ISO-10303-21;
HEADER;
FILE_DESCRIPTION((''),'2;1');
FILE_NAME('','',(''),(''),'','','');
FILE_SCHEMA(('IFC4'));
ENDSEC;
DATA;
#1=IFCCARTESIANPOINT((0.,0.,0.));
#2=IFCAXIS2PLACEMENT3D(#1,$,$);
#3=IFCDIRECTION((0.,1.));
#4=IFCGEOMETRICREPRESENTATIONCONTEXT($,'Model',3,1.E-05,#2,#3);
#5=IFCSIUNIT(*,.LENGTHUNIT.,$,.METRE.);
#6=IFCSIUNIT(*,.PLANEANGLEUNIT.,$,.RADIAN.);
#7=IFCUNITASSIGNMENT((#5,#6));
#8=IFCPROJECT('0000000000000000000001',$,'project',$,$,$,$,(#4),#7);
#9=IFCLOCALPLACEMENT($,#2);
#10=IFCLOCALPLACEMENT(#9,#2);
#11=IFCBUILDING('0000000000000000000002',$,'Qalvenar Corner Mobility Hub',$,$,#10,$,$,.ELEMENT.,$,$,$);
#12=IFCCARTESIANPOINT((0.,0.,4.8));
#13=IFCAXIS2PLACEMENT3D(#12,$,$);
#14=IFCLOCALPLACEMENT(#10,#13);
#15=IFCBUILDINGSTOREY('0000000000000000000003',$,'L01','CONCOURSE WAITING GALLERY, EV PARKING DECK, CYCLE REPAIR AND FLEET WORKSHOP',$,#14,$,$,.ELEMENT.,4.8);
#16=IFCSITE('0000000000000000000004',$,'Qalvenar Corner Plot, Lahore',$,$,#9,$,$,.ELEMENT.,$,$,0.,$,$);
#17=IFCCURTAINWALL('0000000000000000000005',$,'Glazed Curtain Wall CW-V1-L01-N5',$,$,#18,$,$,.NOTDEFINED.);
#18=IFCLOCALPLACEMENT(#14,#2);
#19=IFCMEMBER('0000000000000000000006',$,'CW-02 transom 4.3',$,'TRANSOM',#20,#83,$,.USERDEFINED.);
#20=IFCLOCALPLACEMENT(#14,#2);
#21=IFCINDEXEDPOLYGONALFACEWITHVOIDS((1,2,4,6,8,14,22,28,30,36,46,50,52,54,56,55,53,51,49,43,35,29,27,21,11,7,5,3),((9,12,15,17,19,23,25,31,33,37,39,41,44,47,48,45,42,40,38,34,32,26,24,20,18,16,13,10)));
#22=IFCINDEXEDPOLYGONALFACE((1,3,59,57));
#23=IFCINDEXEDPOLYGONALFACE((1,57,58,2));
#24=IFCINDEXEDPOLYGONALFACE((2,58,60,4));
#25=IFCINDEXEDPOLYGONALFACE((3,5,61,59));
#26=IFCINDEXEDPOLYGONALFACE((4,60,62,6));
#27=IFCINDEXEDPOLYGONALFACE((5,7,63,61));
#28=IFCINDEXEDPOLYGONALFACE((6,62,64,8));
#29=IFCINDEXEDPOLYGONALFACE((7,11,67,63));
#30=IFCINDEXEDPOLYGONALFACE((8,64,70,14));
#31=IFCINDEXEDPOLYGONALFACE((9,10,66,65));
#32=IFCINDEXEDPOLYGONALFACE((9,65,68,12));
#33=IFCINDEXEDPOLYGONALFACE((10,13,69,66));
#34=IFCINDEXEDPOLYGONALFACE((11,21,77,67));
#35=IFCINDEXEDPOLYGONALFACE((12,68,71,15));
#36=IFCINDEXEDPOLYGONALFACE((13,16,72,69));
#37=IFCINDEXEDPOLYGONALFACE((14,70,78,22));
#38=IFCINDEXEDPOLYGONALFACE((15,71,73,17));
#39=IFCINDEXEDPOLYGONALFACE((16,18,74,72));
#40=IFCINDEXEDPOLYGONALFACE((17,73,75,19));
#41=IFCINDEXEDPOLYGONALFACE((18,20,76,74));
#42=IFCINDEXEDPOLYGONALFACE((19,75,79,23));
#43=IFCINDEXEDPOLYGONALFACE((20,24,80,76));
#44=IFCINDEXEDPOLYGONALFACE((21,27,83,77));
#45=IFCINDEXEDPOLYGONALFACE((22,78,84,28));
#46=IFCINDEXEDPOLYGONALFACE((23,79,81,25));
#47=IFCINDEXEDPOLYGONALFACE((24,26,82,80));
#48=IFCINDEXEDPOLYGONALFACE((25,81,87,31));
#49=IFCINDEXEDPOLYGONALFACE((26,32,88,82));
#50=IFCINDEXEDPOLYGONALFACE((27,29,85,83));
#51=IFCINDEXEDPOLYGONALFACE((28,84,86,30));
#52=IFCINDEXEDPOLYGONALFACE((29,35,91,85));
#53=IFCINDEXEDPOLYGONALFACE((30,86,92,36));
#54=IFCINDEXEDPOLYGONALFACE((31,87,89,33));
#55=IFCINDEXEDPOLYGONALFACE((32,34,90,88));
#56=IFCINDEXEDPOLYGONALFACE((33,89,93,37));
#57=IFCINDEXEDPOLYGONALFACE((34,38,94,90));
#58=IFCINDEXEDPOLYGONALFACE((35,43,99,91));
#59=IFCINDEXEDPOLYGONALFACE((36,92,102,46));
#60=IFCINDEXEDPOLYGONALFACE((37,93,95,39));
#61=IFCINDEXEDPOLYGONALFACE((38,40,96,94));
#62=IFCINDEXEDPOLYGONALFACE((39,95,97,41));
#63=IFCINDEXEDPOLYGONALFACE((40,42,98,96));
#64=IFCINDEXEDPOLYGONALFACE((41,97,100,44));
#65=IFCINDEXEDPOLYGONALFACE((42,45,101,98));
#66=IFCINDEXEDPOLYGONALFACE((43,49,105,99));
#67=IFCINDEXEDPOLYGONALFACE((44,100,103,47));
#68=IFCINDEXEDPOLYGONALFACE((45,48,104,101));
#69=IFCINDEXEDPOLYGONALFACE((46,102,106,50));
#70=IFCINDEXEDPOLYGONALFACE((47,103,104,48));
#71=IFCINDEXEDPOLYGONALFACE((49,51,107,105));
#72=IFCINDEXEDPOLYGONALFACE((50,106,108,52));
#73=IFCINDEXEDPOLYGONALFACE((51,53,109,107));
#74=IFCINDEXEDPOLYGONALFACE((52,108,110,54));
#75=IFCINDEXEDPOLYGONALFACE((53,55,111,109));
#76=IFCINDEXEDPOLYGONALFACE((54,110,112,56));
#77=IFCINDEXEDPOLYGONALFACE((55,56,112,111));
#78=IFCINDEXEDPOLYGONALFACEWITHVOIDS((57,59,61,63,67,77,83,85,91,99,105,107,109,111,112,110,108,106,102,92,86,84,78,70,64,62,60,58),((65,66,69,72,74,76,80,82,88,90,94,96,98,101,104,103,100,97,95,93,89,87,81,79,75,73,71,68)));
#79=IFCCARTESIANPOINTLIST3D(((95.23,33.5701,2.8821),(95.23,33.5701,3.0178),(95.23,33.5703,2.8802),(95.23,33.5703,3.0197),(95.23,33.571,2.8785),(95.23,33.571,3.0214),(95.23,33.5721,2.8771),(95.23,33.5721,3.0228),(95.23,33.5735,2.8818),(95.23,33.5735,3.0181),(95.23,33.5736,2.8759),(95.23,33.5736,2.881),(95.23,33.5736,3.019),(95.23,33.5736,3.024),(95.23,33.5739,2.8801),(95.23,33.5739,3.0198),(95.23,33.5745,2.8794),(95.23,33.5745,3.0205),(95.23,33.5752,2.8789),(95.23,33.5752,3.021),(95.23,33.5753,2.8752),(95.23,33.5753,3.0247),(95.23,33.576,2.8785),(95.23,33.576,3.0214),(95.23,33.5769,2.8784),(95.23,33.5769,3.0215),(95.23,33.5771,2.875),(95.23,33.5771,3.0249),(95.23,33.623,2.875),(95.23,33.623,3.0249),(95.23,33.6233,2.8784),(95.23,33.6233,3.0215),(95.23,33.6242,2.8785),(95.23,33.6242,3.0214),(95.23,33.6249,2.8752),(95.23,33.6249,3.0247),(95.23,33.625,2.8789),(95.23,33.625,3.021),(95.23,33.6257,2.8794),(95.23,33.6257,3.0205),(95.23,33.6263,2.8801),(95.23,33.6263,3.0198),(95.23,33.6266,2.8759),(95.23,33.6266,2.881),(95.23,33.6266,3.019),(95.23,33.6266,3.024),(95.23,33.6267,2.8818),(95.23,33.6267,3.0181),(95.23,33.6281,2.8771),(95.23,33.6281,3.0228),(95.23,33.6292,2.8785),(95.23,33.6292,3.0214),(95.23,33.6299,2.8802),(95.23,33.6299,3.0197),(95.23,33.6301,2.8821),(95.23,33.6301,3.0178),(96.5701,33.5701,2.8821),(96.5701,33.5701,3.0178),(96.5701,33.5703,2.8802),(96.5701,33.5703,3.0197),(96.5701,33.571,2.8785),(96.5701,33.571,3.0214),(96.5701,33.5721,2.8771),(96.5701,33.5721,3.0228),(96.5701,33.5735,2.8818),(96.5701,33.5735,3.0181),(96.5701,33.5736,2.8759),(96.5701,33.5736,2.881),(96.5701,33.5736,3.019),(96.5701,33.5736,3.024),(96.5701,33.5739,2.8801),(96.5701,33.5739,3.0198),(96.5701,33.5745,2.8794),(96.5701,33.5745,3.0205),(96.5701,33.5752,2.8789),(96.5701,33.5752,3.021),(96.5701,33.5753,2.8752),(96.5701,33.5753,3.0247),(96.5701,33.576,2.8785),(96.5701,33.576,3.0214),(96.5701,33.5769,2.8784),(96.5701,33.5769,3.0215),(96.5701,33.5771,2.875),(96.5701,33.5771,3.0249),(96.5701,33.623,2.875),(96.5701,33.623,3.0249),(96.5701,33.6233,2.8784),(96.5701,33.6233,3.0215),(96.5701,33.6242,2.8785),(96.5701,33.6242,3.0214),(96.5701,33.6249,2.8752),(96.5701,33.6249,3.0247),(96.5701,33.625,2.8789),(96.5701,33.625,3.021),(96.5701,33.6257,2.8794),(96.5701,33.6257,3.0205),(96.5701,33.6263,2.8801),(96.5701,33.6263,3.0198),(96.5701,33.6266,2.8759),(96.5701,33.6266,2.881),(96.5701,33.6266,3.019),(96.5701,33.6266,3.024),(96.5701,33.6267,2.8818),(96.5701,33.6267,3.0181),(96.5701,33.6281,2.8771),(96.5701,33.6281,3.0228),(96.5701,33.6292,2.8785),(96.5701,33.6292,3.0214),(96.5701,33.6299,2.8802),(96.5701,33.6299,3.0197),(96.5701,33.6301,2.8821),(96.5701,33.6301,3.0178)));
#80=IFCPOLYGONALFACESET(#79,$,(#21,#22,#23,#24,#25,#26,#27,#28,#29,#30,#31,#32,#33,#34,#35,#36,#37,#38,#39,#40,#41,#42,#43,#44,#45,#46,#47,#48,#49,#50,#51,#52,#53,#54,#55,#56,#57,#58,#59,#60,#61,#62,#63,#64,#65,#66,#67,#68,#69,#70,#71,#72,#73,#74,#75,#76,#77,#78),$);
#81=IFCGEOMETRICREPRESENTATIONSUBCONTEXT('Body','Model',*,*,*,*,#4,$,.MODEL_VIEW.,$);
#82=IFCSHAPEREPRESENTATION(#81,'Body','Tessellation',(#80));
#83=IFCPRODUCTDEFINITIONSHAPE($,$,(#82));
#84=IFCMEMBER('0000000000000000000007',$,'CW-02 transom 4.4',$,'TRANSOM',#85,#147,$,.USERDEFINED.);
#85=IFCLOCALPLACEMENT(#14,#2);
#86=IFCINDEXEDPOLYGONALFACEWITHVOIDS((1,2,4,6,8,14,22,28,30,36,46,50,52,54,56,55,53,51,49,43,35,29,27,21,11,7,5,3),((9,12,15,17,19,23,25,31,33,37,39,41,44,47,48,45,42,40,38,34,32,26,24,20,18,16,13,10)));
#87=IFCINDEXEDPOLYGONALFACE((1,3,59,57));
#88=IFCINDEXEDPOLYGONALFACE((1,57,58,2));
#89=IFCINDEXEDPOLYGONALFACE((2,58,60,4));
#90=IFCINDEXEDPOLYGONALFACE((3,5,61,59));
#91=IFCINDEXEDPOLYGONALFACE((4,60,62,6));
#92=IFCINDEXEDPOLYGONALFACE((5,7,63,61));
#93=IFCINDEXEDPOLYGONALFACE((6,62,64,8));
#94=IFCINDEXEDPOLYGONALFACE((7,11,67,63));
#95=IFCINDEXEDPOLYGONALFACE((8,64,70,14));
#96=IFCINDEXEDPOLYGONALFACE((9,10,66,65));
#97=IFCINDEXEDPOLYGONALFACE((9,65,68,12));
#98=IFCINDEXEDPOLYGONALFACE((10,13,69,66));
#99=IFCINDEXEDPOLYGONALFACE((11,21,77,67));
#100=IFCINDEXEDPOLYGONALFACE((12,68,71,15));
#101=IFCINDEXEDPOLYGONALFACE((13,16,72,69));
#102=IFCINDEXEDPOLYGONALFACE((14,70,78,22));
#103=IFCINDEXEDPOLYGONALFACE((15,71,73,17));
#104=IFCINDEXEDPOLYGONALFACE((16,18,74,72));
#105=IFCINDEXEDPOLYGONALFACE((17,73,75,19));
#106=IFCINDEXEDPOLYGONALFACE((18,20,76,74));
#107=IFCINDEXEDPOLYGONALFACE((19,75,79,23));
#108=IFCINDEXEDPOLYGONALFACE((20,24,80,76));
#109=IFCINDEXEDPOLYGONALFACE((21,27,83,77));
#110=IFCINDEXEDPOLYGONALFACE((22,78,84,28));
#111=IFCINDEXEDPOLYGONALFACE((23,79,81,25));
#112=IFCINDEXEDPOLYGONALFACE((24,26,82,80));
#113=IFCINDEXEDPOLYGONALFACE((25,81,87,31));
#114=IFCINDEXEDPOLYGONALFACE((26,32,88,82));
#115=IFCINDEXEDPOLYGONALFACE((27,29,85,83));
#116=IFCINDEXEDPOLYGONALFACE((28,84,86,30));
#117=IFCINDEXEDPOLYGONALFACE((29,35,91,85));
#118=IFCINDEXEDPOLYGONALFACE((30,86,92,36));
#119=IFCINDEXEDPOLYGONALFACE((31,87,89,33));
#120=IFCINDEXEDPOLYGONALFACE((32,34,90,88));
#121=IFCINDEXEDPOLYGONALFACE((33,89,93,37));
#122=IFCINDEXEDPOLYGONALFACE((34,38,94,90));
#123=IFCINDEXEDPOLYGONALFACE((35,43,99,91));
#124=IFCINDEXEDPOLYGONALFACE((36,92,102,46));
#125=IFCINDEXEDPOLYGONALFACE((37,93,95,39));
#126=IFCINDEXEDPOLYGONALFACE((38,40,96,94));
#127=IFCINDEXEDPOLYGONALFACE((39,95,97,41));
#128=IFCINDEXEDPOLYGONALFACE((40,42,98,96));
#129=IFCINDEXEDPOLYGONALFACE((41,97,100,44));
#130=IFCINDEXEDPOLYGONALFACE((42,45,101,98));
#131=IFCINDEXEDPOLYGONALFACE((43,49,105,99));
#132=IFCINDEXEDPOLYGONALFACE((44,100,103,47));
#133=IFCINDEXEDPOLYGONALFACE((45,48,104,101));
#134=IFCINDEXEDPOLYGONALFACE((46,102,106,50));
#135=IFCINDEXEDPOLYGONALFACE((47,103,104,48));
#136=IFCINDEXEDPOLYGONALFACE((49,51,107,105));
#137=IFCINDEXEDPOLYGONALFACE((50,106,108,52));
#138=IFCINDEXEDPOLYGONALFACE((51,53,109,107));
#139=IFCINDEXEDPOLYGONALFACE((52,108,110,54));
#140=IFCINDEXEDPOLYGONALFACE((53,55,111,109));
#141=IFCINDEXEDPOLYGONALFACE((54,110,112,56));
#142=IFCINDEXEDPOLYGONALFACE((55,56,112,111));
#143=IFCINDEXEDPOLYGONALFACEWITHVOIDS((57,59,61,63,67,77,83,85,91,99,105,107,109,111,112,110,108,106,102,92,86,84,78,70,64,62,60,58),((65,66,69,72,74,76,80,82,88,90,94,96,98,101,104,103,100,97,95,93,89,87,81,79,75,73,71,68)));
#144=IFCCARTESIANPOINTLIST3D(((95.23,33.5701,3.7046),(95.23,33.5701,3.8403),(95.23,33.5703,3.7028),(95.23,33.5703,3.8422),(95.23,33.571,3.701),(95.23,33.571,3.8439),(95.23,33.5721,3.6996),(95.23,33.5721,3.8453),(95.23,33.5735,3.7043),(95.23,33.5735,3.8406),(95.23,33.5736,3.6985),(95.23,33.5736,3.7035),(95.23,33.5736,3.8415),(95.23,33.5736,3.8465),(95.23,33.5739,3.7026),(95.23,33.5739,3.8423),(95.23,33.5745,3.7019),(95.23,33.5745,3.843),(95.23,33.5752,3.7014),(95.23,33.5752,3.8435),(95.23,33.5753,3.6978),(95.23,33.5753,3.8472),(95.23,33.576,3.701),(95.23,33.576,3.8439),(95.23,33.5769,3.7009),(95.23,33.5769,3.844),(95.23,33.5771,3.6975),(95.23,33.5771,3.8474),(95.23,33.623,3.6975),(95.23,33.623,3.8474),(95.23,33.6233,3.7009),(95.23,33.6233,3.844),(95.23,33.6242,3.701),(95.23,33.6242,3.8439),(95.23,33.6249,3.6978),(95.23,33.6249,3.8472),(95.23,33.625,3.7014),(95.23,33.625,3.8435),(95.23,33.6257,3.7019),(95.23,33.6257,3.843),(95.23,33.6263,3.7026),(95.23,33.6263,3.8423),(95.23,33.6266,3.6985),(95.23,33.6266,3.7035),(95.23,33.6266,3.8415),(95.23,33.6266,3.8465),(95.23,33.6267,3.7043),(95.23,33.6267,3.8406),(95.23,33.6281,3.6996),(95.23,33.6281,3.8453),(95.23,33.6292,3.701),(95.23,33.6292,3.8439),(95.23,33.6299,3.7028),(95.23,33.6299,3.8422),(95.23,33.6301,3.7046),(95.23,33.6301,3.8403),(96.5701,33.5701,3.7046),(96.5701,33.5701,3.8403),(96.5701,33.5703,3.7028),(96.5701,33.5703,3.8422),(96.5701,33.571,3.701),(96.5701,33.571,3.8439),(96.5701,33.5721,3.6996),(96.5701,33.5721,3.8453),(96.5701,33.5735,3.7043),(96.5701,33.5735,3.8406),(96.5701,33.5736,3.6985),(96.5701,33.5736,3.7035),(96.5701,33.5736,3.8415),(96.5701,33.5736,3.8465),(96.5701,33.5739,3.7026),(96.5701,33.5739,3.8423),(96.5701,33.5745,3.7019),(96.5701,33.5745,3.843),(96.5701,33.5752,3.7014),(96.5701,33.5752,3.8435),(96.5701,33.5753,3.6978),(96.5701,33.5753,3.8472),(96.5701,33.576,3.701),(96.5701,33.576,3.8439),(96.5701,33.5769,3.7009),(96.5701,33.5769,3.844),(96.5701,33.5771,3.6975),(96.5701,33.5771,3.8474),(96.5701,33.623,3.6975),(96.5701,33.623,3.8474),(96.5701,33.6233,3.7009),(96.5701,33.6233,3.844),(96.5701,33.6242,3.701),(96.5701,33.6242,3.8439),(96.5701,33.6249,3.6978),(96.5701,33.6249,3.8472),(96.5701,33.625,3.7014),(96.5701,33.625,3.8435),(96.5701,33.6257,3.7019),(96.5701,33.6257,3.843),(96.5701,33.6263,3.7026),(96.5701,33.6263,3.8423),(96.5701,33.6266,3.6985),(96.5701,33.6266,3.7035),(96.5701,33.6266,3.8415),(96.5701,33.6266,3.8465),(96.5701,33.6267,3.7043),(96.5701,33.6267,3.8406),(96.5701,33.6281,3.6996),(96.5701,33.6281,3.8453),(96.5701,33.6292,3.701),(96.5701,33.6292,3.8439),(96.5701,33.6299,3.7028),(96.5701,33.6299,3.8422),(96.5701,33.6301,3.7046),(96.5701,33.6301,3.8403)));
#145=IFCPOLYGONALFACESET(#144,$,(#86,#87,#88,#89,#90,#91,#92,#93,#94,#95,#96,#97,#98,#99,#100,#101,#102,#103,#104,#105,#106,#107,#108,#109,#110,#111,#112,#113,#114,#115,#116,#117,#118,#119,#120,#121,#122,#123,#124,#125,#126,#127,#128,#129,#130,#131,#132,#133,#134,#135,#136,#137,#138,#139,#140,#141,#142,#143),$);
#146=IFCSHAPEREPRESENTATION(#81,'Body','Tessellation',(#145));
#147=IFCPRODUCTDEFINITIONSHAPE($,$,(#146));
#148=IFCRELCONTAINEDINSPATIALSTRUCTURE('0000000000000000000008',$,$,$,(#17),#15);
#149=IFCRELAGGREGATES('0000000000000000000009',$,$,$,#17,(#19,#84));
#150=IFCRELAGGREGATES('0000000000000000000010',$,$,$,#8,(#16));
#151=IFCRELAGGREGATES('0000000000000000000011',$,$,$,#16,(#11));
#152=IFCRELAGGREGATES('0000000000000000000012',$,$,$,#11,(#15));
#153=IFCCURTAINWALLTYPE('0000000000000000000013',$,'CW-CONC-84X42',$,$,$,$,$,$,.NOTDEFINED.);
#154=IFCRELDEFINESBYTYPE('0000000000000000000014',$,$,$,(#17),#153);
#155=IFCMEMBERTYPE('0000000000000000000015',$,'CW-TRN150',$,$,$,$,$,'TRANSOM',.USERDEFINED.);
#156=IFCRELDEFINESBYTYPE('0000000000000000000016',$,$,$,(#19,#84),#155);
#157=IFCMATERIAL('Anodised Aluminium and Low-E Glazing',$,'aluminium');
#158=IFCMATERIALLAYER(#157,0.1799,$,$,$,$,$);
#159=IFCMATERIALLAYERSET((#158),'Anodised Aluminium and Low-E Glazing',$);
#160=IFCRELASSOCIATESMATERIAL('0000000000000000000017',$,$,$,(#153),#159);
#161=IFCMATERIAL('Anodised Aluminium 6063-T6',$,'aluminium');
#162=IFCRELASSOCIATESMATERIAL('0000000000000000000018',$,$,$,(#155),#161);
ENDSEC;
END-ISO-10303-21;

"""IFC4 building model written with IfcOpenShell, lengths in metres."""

from ifc_helpers import new_model, si_unit, direction, frame, origin, origin_2d, place, context, subcontext, project, spatial, hollow_rectangle, extrude, material, layer, layer_set, material_profile, profile_set, type_object, element, aggregate, save


model = new_model("IFC4")

# Units and contexts
model_context = context("Model", 3, precision=1e-05, world=origin(), true_north=direction((0.0, 1.0)))
body_context = subcontext(model_context, "Body", "Model", "MODEL_VIEW")
ifc_project = project(units=[si_unit("LENGTHUNIT", "METRE"), si_unit("PLANEANGLEUNIT", "RADIAN")], contexts=[model_context])

# Site, building, storey
site_placement = place(None, origin())
site = spatial("IfcSite", under=ifc_project, at=site_placement, Name="Qalvenar Corner Plot, Lahore", CompositionType="ELEMENT", RefElevation=0.0)
building_placement = place(site_placement, origin())
building = spatial("IfcBuilding", under=site, at=building_placement, Name="Qalvenar Corner Mobility Hub", CompositionType="ELEMENT")
storey_placement = place(building_placement, frame((0.0, 0.0, 4.8)))
storey = spatial("IfcBuildingStorey", under=building, at=storey_placement, Name="L01", Description="CONCOURSE WAITING GALLERY, EV PARKING DECK, CYCLE REPAIR AND FLEET WORKSHOP", CompositionType="ELEMENT", Elevation=4.8)

# Shared definitions
ifc_material_1 = material(Name="Anodised Aluminium and Low-E Glazing", Category="aluminium")
ifc_layer_1 = layer(ifc_material_1, 0.1799)
ifc_layer_set_1 = layer_set([ifc_layer_1], Name="Anodised Aluminium and Low-E Glazing")
curtain_wall_type = type_object("IfcCurtainWallType", Name="CW-CONC-84X42", PredefinedType="NOTDEFINED", material=ifc_layer_set_1)
ifc_material_2 = material(Name="Anodised Aluminium 6063-T6", Category="aluminium")

# Curtain wall, members
curtain_wall_1_placement = place(storey_placement, origin())
curtain_wall_1 = element("IfcCurtainWall", 1, at=curtain_wall_1_placement, inside=storey, type_object=curtain_wall_type, Name="Glazed Curtain Wall CW-V1-L01-N5", PredefinedType="NOTDEFINED")
ifc_material_profile_1 = material_profile(ifc_material_2, hollow_rectangle(XDim=0.0601, YDim=0.1499, WallThickness=0.0034, InnerFilletRadius=0.0034, OuterFilletRadius=0.0071, at=origin_2d()), Name="RHS150x60x3.5")
ifc_profile_set_1 = profile_set([ifc_material_profile_1], Name="Anodised Aluminium 6063-T6")
member_type_1 = type_object("IfcMemberType", Name="CW-TRN150", ElementType="TRANSOM", PredefinedType="USERDEFINED", material=ifc_profile_set_1)
member_1_placement = place(storey_placement, frame((96.5701, 33.6001, 2.95), z_axis=(-1.0, 0.0, 0.0), x_axis=(0.0, -1.0, 0.0)))
member_1 = element("IfcMember", 2, at=member_1_placement, type_object=member_type_1, Name="CW-02 transom 4.3", ObjectType="TRANSOM", PredefinedType="USERDEFINED", context=body_context, shape_type="SweptSolid", body=[
    extrude(hollow_rectangle(XDim=0.0601, YDim=0.1499, WallThickness=0.0034, InnerFilletRadius=0.0034, OuterFilletRadius=0.0071, at=origin_2d()), origin(), (0.0, 0.0, 1.0), 1.3401),
])
member_2_placement = place(storey_placement, frame((96.5701, 33.6001, 3.7725), z_axis=(-1.0, 0.0, 0.0), x_axis=(0.0, -1.0, 0.0)))
member_2 = element("IfcMember", 3, at=member_2_placement, type_object=member_type_1, Name="CW-02 transom 4.4", ObjectType="TRANSOM", PredefinedType="USERDEFINED", context=body_context, shape_type="SweptSolid", body=[
    extrude(hollow_rectangle(XDim=0.0601, YDim=0.1499, WallThickness=0.0034, InnerFilletRadius=0.0034, OuterFilletRadius=0.0071, at=origin_2d()), origin(), (0.0, 0.0, 1.0), 1.3401),
])
aggregate(curtain_wall_1, [member_1, member_2])

save(model, "model.ifc")
